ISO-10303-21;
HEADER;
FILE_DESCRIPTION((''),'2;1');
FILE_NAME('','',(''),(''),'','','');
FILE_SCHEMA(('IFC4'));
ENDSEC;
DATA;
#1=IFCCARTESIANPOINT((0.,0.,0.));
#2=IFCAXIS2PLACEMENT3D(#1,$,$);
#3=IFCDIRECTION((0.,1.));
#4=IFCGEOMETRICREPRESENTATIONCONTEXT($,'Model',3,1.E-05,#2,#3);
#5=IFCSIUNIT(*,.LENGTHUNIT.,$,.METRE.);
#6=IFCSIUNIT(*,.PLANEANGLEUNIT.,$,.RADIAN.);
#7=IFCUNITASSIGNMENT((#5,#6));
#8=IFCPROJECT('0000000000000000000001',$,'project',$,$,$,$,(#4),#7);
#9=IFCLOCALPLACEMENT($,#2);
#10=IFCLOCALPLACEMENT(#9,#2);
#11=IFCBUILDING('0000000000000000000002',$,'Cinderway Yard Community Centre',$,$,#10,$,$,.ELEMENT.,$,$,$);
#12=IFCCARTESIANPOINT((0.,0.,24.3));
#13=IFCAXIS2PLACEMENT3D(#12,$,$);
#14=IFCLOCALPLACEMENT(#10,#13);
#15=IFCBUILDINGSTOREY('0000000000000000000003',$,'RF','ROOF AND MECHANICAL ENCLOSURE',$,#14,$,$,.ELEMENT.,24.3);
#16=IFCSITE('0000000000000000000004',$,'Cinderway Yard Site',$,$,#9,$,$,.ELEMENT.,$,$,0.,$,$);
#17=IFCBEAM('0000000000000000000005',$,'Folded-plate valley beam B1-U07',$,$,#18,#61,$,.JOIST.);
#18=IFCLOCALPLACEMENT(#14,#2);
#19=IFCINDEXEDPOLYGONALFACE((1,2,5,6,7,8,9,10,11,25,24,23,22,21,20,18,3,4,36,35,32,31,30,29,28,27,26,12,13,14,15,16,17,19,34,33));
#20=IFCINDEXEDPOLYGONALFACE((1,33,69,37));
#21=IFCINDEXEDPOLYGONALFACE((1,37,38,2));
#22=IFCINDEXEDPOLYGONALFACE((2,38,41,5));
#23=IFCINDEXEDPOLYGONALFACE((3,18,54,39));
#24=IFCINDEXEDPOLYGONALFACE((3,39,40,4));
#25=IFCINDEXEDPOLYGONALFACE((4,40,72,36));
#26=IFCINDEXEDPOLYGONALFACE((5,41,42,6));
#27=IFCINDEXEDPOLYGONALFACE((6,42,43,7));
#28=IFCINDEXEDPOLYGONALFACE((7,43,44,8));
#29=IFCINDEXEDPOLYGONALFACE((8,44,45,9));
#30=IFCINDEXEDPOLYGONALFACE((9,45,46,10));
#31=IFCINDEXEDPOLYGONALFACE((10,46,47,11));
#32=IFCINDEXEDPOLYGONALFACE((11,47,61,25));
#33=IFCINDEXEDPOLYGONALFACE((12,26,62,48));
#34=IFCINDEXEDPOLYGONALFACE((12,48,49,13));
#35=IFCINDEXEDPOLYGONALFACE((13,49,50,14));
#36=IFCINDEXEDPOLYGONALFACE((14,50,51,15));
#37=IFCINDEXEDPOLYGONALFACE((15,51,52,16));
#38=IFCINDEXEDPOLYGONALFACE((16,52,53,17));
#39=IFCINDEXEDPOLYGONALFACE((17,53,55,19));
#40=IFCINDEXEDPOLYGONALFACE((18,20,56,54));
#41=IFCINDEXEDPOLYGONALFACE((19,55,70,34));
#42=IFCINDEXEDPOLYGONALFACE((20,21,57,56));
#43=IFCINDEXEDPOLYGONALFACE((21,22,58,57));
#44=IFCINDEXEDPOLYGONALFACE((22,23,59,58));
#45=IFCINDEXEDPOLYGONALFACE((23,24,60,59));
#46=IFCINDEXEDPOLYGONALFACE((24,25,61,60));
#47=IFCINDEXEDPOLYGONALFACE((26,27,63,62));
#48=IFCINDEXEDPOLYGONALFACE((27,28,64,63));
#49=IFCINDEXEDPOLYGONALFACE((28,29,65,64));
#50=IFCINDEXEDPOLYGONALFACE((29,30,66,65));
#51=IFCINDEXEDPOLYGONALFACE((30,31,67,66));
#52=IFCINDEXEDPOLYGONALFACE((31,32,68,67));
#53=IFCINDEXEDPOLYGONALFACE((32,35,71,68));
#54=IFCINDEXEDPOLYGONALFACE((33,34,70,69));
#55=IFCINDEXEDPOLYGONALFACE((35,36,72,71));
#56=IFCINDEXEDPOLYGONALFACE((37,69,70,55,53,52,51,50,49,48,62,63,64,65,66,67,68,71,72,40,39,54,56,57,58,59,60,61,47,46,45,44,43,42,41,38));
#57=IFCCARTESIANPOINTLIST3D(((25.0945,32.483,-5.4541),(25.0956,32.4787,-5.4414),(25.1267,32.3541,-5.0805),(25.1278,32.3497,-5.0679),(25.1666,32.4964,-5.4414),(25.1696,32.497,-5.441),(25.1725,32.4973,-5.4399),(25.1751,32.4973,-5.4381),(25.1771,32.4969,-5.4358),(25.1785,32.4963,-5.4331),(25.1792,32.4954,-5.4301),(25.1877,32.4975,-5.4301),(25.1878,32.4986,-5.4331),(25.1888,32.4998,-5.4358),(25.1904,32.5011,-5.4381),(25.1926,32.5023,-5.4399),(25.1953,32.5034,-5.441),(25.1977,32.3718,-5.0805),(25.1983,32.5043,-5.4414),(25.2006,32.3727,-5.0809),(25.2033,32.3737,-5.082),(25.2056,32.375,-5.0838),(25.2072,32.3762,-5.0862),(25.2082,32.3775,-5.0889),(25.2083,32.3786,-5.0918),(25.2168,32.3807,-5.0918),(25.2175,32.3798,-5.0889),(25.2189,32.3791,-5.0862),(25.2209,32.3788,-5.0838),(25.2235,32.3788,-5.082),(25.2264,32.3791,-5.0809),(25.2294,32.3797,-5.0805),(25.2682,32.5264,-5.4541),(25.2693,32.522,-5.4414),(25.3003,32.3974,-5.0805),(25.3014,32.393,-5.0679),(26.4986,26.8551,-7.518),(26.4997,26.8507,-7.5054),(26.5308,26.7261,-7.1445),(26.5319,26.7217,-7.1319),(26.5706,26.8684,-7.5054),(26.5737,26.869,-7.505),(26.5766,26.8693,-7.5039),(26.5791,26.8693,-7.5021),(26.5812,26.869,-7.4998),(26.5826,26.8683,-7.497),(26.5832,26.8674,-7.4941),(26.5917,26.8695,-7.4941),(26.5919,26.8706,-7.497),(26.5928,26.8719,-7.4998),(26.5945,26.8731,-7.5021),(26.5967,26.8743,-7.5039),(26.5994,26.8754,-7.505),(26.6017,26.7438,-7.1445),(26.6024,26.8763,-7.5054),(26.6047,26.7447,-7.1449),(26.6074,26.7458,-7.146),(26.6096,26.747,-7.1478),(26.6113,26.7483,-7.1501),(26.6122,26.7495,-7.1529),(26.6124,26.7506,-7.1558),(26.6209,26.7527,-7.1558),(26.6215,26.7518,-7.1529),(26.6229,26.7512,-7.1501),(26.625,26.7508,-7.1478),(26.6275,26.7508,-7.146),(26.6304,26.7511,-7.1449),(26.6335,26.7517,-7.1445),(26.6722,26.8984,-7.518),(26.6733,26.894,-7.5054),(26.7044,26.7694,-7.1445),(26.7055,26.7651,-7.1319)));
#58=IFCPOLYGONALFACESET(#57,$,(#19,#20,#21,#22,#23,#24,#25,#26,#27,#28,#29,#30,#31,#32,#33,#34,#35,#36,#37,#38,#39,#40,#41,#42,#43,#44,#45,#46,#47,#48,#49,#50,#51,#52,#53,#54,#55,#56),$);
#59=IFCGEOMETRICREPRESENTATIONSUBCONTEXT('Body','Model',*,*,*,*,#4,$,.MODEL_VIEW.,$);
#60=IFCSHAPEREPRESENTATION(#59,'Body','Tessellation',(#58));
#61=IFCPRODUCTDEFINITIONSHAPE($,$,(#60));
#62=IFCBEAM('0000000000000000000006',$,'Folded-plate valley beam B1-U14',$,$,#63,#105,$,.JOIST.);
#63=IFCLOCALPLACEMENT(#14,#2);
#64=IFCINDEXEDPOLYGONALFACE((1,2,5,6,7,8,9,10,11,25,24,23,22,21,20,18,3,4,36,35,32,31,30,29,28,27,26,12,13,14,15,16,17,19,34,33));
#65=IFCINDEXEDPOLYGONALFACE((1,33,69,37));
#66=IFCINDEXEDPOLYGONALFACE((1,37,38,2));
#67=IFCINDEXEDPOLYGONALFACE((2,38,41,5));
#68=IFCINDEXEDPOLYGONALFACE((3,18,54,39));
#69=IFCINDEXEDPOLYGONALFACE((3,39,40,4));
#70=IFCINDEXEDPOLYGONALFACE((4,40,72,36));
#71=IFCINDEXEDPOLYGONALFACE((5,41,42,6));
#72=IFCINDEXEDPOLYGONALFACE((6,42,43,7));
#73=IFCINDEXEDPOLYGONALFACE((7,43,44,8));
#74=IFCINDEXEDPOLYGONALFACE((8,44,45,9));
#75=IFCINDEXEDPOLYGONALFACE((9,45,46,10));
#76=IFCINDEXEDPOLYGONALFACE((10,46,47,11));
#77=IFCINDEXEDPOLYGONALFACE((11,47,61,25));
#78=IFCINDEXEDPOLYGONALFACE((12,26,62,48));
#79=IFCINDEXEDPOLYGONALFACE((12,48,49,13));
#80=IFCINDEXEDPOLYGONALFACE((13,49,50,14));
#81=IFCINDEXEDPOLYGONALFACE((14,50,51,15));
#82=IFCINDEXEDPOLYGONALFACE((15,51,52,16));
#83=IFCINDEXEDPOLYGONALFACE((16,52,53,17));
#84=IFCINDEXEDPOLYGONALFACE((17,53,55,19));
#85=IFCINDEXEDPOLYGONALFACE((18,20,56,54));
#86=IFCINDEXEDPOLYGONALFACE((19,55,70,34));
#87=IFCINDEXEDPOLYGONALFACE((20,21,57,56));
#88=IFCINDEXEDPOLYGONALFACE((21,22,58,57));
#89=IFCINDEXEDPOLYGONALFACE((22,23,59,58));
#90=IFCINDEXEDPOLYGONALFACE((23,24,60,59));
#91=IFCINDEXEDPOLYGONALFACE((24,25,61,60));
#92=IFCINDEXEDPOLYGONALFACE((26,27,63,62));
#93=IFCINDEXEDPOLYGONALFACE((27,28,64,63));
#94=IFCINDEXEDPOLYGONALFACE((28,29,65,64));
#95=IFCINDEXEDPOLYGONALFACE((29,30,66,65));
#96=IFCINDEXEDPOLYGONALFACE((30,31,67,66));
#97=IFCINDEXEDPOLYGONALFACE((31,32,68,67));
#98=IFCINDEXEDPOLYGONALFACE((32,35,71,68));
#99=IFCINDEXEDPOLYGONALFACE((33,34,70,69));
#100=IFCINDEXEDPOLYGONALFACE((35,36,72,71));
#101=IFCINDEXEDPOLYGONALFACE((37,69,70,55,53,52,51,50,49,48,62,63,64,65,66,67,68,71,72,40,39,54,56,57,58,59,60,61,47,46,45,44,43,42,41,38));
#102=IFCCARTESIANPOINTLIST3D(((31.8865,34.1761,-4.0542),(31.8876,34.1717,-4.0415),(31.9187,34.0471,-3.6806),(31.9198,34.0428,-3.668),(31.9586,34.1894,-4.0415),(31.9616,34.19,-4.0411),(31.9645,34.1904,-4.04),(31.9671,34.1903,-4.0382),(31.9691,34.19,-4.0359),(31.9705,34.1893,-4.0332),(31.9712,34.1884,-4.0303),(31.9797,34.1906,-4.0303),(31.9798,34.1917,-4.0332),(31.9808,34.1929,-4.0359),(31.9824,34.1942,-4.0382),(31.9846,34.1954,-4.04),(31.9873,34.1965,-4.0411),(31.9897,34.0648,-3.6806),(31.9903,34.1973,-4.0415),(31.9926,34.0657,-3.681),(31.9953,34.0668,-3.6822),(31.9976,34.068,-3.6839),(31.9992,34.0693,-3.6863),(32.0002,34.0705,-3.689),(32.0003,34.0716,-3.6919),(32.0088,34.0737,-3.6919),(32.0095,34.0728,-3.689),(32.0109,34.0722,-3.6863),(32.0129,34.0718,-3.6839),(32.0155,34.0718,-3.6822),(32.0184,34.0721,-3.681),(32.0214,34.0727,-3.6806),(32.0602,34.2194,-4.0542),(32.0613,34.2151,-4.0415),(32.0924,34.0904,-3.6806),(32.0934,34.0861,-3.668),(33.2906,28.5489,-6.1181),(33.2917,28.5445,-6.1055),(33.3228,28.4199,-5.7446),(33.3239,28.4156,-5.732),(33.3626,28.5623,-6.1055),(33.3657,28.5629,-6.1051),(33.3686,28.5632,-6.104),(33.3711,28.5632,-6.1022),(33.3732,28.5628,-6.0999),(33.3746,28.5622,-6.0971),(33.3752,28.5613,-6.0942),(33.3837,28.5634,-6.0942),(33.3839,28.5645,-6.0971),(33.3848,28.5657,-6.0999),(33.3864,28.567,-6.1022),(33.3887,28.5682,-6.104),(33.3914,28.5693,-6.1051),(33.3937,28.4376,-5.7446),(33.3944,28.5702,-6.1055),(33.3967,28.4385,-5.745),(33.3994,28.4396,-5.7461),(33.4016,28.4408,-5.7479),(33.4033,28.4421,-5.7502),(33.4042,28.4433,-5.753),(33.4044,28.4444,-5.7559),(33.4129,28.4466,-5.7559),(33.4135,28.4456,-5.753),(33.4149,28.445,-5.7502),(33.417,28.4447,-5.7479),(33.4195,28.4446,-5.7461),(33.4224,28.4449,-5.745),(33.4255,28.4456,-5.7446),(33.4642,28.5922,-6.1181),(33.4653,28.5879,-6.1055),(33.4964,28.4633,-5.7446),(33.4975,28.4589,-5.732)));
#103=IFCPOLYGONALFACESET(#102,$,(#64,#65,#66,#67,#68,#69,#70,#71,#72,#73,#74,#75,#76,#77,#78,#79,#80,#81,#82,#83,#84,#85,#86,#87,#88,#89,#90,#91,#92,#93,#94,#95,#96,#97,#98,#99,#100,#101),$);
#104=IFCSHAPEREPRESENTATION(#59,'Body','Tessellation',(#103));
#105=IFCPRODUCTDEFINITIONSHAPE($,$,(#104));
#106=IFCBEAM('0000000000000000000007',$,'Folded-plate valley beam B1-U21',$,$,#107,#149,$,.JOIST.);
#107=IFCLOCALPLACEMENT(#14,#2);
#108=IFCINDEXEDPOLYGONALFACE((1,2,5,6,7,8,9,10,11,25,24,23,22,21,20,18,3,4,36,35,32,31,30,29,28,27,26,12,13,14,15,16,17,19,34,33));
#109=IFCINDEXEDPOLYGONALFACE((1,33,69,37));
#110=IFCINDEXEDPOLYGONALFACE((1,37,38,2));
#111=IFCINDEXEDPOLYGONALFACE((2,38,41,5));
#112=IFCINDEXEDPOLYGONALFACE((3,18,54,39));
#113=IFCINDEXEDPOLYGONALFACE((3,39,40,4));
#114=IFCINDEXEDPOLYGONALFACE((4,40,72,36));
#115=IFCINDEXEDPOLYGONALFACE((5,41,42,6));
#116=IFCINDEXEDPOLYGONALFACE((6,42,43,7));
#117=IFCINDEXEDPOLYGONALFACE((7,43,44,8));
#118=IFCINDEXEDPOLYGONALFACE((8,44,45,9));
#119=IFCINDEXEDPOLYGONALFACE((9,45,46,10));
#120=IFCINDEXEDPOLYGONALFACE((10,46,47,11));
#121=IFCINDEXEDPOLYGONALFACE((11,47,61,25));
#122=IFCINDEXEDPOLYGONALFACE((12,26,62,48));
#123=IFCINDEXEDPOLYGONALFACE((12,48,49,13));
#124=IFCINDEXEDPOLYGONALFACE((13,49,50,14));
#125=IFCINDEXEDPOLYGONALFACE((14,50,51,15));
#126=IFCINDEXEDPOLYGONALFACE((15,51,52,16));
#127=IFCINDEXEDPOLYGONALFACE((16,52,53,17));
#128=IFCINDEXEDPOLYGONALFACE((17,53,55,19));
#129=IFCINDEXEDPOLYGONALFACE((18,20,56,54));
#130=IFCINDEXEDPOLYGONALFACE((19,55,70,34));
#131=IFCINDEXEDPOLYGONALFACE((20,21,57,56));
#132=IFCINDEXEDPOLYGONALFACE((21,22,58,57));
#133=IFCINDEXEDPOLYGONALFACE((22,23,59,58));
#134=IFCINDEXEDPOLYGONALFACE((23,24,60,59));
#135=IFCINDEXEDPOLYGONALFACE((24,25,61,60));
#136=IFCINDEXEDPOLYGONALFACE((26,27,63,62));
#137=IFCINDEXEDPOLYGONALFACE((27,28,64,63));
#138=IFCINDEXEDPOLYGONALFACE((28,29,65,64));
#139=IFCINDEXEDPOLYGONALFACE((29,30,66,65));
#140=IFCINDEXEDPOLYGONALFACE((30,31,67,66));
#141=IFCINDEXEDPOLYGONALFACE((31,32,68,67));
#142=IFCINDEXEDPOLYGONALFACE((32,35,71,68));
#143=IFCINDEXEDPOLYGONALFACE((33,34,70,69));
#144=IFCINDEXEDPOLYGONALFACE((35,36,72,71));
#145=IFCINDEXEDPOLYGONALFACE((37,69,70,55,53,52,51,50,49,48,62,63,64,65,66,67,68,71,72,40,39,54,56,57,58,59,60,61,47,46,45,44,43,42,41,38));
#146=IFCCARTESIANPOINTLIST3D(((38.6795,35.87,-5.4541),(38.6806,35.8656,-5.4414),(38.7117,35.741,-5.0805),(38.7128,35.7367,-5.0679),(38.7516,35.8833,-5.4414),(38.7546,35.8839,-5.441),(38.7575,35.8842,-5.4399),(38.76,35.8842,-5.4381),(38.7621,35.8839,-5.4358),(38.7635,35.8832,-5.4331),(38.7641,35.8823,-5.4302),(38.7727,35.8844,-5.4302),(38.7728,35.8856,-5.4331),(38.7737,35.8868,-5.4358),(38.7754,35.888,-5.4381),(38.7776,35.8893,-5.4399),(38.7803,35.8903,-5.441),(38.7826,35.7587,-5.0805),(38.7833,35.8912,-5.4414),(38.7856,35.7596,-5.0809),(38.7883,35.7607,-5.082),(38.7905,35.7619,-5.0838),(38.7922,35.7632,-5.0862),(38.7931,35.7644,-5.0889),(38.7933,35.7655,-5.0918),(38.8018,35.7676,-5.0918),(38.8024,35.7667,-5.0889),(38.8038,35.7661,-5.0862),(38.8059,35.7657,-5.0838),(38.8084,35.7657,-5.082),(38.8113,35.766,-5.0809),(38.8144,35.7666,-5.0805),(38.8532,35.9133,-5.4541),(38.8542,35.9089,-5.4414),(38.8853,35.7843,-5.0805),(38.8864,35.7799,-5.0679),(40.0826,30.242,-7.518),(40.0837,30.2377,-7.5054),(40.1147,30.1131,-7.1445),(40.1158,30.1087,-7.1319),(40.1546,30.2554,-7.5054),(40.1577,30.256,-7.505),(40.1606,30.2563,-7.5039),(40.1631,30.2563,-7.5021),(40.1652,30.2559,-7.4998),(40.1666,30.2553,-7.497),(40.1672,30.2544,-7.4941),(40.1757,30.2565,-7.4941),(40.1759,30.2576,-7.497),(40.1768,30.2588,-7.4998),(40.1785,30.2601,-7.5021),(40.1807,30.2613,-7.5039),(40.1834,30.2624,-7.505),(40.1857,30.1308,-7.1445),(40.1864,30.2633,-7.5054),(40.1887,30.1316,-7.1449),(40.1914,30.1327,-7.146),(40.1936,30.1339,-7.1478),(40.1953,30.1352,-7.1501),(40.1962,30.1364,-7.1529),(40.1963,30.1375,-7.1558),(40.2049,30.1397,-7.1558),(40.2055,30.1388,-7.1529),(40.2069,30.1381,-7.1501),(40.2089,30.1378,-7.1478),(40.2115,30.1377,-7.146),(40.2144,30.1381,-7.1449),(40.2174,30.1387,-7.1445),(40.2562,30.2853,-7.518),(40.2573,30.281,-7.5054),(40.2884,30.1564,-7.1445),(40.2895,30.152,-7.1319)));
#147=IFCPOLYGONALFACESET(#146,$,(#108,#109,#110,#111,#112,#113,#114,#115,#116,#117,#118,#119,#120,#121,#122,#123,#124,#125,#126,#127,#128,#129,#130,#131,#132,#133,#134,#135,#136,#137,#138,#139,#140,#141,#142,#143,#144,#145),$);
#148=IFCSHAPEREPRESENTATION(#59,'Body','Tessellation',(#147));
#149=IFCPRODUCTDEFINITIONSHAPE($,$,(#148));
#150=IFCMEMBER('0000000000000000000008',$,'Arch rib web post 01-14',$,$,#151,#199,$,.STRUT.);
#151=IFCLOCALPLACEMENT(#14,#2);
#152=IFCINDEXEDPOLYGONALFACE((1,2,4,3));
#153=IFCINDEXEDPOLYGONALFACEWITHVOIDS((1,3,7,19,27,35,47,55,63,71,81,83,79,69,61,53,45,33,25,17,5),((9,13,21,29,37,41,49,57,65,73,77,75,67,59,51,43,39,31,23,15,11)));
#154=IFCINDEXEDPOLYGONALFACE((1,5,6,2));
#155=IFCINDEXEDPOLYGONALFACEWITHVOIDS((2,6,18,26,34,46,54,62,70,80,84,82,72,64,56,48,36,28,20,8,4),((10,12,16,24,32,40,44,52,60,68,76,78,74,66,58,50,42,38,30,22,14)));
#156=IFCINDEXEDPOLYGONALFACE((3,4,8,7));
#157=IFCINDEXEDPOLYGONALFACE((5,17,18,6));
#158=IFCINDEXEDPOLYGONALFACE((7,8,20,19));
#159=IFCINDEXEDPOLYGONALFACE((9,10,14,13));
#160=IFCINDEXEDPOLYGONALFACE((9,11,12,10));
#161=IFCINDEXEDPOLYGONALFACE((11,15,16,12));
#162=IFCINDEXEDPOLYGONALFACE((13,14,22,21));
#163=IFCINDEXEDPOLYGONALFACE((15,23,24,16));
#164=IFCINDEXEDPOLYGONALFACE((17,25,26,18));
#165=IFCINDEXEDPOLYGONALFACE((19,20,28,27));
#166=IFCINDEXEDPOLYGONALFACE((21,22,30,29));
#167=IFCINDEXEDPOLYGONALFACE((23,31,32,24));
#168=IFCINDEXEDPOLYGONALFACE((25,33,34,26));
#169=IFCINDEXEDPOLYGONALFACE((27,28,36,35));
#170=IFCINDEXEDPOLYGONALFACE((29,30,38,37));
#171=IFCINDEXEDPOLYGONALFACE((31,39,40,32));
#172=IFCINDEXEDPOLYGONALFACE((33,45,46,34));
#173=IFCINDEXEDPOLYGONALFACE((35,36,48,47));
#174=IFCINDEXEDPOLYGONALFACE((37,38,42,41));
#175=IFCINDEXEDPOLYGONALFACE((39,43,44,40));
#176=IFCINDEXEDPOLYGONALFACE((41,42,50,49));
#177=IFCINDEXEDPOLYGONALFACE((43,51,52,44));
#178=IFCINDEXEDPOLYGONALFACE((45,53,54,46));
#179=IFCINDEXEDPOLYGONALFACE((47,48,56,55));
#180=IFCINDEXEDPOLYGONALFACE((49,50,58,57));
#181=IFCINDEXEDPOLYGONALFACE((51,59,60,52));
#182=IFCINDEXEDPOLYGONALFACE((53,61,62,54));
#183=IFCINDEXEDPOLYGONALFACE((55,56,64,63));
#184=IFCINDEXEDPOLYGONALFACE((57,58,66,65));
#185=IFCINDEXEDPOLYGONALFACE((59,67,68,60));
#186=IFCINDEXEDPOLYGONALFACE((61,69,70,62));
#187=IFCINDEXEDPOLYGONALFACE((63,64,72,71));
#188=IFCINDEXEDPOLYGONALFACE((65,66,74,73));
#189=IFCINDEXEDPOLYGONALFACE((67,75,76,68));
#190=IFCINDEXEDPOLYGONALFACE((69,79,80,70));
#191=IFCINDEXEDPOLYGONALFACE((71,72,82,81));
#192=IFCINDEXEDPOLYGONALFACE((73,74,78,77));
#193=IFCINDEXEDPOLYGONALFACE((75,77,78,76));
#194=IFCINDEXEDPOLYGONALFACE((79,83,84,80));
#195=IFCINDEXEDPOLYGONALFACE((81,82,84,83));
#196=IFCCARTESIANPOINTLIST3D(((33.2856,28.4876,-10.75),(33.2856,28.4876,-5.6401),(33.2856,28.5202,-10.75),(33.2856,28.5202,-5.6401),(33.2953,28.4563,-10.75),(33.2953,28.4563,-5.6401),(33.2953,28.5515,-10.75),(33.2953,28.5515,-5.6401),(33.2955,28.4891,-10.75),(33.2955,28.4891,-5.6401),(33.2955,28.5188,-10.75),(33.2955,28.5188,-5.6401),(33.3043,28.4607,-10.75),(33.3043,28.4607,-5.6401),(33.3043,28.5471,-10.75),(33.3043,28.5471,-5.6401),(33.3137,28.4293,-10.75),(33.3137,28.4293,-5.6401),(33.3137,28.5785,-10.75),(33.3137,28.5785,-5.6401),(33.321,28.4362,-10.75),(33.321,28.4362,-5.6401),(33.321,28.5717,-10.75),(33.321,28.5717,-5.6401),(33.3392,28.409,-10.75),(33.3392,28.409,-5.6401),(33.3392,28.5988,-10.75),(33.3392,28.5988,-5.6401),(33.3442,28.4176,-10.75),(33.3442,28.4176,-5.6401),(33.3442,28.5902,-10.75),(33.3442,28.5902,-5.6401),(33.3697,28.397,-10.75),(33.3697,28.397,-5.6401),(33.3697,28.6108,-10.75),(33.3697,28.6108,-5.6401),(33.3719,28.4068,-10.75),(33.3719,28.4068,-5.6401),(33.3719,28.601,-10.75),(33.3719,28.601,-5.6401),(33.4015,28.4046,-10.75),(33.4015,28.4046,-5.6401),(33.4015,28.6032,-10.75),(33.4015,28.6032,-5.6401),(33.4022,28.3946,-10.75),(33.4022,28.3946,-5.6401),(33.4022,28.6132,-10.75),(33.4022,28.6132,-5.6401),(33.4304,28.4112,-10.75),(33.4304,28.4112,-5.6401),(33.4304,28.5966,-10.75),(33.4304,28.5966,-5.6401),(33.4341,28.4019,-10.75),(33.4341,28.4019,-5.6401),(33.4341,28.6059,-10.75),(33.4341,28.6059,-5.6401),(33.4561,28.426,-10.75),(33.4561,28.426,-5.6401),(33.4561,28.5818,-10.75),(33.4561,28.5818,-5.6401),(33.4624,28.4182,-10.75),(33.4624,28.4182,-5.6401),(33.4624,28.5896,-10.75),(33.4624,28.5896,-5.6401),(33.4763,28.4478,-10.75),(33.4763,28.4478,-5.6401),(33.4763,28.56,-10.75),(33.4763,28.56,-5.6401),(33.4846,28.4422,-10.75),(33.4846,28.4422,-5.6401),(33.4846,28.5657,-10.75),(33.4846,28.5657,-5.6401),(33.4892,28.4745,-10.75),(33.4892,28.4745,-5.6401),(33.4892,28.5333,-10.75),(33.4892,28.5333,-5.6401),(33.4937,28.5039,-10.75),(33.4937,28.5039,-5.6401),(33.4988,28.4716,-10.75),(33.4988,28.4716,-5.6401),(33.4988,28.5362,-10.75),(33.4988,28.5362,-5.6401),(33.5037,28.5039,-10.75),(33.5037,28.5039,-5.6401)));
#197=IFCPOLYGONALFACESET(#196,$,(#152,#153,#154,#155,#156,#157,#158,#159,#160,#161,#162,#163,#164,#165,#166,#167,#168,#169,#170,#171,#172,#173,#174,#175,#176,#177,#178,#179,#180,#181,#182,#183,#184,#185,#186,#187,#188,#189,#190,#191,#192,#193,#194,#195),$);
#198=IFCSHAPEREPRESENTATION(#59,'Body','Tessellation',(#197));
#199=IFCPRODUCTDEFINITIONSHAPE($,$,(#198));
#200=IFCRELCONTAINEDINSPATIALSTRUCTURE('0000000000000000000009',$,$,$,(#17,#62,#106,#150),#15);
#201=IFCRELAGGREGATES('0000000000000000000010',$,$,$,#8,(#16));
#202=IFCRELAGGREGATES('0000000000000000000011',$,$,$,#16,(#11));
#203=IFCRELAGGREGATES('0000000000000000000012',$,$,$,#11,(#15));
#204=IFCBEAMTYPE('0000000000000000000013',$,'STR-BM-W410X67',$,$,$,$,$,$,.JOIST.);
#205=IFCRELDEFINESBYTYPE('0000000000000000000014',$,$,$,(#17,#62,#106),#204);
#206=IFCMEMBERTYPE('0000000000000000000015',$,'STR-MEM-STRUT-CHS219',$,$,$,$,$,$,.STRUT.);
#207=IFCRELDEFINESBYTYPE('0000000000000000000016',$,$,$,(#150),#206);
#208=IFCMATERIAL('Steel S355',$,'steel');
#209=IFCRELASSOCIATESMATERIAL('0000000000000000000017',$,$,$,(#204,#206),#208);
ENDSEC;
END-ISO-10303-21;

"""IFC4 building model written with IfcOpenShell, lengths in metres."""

from ifc_helpers import new_model, si_unit, direction, frame, origin, origin_2d, place, context, subcontext, project, spatial, hollow_circle, i_section, extrude, material, material_profile, profile_set, type_object, element, save


model = new_model("IFC4")

# Units and contexts
model_context = context("Model", 3, precision=1e-05, world=origin(), true_north=direction((0.0, 1.0)))
body_context = subcontext(model_context, "Body", "Model", "MODEL_VIEW")
ifc_project = project(units=[si_unit("LENGTHUNIT", "METRE"), si_unit("PLANEANGLEUNIT", "RADIAN")], contexts=[model_context])

# Site, building, storey
site_placement = place(None, origin())
site = spatial("IfcSite", under=ifc_project, at=site_placement, Name="Cinderway Yard Site", CompositionType="ELEMENT", RefElevation=0.0)
building_placement = place(site_placement, origin())
building = spatial("IfcBuilding", under=site, at=building_placement, Name="Cinderway Yard Community Centre", CompositionType="ELEMENT")
storey_placement = place(building_placement, frame((0.0, 0.0, 24.3)))
storey = spatial("IfcBuildingStorey", under=building, at=storey_placement, Name="RF", Description="ROOF AND MECHANICAL ENCLOSURE", CompositionType="ELEMENT", Elevation=24.3)

# Shared definitions
ifc_material_1 = material(Name="Steel S355", Category="steel")

# Beams
ifc_material_profile_1 = material_profile(ifc_material_1, i_section(OverallWidth=0.179, OverallDepth=0.4099, WebThickness=0.0088, FlangeThickness=0.0134, FilletRadius=0.012, at=origin_2d()), Name="Steel S355")
ifc_profile_set_1 = profile_set([ifc_material_profile_1], Name="Steel S355")
beam_type_1 = type_object("IfcBeamType", Name="STR-BM-W410X67", PredefinedType="JOIST", material=ifc_profile_set_1)
beam_1_placement = place(storey_placement, frame((26.6021, 26.8101, -7.325), z_axis=(-0.228053, 0.914115, 0.335239), x_axis=(-0.970261, -0.24206, 0.0)))
element("IfcBeam", 1, at=beam_1_placement, inside=storey, type_object=beam_type_1, Name="Folded-plate valley beam B1-U07", PredefinedType="JOIST", context=body_context, shape_type="SweptSolid", body=[
    extrude(i_section(OverallWidth=0.179, OverallDepth=0.4099, WebThickness=0.0088, FlangeThickness=0.0134, FilletRadius=0.012, at=origin_2d()), origin(), (0.0, 0.0, 1.0), 6.1567),
])
beam_2_placement = place(storey_placement, frame((33.394, 28.5039, -5.925), z_axis=(-0.228078, 0.914096, 0.335275), x_axis=(-0.970254, -0.24209, 0.0)))
element("IfcBeam", 2, at=beam_2_placement, inside=storey, type_object=beam_type_1, Name="Folded-plate valley beam B1-U14", PredefinedType="JOIST", context=body_context, shape_type="SweptSolid", body=[
    extrude(i_section(OverallWidth=0.179, OverallDepth=0.4099, WebThickness=0.0088, FlangeThickness=0.0134, FilletRadius=0.012, at=origin_2d()), origin(), (0.0, 0.0, 1.0), 6.156),
])
beam_3_placement = place(storey_placement, frame((40.186, 30.197, -7.325), z_axis=(-0.227903, 0.914148, 0.335251), x_axis=(-0.970301, -0.241902, 0.0)))
element("IfcBeam", 3, at=beam_3_placement, inside=storey, type_object=beam_type_1, Name="Folded-plate valley beam B1-U21", PredefinedType="JOIST", context=body_context, shape_type="SweptSolid", body=[
    extrude(i_section(OverallWidth=0.179, OverallDepth=0.4099, WebThickness=0.0088, FlangeThickness=0.0134, FilletRadius=0.012, at=origin_2d()), origin(), (0.0, 0.0, 1.0), 6.1565),
])

# Member
ifc_material_profile_2 = material_profile(ifc_material_1, hollow_circle(Radius=0.1096, WallThickness=0.01, at=origin_2d()), Name="Steel S355")
ifc_profile_set_2 = profile_set([ifc_material_profile_2], Name="Steel S355")
member_type = type_object("IfcMemberType", Name="STR-MEM-STRUT-CHS219", PredefinedType="STRUT", material=ifc_profile_set_2)
member_1_placement = place(storey_placement, frame((33.394, 28.5039, -10.75), z_axis=(0.0, 0.0, 1.0), x_axis=(1.0, 0.0, 0.0)))
element("IfcMember", 4, at=member_1_placement, inside=storey, type_object=member_type, Name="Arch rib web post 01-14", PredefinedType="STRUT", context=body_context, shape_type="SweptSolid", body=[
    extrude(hollow_circle(Radius=0.1096, WallThickness=0.01, at=origin_2d()), origin(), (0.0, 0.0, 1.0), 5.1099),
])

save(model, "model.ifc")
